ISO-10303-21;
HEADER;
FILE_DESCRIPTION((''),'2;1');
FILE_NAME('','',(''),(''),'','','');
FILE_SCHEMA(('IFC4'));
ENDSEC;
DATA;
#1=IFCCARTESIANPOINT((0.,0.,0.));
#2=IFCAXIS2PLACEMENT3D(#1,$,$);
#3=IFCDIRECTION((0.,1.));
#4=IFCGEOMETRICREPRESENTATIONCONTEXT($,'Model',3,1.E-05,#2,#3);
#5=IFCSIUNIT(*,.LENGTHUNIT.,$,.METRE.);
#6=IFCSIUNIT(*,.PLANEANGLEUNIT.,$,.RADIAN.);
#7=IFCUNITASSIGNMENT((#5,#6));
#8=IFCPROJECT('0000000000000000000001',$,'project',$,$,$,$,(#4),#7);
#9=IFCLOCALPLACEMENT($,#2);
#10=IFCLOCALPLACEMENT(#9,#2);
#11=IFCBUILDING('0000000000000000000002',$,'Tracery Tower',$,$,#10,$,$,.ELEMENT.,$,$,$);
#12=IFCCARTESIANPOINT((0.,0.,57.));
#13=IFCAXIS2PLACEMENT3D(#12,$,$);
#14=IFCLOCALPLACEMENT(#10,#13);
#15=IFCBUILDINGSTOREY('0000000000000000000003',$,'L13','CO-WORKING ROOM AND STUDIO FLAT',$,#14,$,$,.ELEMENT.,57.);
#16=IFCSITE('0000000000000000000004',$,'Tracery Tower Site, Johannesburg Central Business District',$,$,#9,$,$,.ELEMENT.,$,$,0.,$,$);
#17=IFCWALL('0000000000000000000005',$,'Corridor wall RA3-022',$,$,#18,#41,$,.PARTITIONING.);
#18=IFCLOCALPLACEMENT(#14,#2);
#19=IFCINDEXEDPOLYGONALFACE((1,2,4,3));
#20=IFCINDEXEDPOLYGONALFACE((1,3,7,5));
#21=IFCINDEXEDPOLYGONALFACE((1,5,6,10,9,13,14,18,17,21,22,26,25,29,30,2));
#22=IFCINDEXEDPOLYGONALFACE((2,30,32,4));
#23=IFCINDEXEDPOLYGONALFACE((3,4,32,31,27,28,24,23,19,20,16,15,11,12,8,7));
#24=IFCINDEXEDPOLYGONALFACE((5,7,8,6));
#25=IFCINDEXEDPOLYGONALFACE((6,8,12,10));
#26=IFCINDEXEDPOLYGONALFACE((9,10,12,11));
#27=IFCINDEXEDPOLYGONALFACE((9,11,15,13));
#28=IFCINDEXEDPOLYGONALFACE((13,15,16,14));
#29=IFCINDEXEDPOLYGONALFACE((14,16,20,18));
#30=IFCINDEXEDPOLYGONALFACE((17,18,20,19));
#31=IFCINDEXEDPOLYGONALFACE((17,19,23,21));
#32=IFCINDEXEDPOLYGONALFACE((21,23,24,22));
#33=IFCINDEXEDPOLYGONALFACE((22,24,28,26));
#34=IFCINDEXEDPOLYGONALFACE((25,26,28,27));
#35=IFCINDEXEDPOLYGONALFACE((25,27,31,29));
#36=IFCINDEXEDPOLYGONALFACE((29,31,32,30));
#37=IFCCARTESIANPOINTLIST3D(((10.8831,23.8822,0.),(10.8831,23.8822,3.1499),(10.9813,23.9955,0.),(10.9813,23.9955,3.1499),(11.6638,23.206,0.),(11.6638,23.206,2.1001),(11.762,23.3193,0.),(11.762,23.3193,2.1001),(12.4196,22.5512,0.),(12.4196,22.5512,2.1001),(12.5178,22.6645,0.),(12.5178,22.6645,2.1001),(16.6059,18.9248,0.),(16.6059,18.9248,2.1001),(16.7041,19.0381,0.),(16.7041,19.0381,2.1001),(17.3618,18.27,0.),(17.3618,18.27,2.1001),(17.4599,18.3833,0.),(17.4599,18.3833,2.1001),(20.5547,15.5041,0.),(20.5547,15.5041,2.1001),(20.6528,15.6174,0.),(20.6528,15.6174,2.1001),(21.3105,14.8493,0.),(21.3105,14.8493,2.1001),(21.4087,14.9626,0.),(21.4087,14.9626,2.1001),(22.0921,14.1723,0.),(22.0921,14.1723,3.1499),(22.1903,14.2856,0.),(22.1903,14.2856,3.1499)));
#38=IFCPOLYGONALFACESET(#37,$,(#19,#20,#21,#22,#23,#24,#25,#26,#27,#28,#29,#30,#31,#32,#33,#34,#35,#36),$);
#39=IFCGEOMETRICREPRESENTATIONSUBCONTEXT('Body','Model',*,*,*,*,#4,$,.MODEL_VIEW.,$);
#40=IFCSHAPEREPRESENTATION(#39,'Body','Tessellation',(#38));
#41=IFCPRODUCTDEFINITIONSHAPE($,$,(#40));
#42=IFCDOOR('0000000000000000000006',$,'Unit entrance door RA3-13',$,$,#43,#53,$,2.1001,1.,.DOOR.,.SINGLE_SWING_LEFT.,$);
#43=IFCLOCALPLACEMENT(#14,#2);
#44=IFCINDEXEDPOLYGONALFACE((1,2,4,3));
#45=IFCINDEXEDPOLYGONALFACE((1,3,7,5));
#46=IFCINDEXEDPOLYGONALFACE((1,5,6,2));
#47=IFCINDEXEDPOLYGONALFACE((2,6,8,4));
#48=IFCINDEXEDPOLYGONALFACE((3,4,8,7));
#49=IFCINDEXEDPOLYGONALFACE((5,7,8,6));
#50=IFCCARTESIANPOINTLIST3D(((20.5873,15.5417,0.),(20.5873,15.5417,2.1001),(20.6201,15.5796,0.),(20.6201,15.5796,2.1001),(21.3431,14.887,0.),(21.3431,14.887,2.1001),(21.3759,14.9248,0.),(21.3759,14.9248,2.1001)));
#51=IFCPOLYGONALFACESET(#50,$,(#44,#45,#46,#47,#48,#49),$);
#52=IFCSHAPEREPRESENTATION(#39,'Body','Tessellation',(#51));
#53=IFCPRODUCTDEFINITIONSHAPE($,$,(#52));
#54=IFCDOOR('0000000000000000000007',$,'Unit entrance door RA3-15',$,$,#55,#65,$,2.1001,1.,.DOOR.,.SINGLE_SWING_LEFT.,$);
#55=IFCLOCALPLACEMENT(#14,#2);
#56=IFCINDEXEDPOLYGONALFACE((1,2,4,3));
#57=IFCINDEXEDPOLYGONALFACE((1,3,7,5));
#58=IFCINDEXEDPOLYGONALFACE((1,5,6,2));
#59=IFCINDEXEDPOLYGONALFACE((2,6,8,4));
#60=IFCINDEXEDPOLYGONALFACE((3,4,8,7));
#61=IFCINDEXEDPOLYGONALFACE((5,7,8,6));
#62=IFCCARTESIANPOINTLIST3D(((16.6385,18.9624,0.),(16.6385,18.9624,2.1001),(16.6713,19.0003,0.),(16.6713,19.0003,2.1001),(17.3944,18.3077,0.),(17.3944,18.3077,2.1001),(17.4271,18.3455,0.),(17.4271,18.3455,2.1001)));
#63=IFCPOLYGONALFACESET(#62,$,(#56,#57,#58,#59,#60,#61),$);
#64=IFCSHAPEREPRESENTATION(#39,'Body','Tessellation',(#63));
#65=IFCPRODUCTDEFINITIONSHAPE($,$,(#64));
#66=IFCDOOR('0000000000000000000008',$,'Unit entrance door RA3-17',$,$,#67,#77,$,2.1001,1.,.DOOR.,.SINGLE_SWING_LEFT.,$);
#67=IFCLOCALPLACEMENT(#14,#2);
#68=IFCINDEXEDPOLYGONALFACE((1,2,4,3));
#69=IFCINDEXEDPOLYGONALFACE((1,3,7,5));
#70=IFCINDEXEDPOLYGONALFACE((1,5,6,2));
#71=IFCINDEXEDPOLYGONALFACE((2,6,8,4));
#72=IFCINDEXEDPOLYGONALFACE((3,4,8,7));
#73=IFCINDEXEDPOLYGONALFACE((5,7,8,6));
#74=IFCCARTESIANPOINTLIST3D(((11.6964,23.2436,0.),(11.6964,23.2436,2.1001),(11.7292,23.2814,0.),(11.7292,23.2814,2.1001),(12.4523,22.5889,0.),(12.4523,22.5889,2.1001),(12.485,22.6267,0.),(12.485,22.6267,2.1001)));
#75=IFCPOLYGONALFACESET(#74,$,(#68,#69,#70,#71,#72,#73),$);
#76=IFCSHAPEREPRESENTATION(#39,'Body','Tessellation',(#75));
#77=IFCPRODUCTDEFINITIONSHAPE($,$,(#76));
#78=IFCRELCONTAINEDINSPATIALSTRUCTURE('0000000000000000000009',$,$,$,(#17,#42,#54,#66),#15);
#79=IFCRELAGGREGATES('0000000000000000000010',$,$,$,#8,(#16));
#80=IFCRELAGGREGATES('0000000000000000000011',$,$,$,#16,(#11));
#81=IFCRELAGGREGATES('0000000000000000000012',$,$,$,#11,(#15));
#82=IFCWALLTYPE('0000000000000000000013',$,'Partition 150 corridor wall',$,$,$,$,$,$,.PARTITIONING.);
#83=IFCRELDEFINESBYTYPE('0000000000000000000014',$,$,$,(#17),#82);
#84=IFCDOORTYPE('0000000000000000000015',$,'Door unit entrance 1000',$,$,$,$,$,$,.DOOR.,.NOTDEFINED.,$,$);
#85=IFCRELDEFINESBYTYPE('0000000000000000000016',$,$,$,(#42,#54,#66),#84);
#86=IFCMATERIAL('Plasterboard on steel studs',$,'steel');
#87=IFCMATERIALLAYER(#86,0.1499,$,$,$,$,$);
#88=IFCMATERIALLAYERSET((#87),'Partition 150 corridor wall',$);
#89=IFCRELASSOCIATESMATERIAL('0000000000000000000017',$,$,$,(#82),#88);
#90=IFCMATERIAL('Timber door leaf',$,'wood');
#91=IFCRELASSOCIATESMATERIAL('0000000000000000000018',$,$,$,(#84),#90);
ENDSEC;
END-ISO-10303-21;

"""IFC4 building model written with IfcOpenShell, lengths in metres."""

from ifc_helpers import new_model, si_unit, direction, frame, frame_2d, origin, place, context, subcontext, project, spatial, rectangle, extrude, material, layer, layer_set, type_object, element, fill, save


model = new_model("IFC4")

# Units and contexts
model_context = context("Model", 3, precision=1e-05, world=origin(), true_north=direction((0.0, 1.0)))
body_context = subcontext(model_context, "Body", "Model", "MODEL_VIEW")
ifc_project = project(units=[si_unit("LENGTHUNIT", "METRE"), si_unit("PLANEANGLEUNIT", "RADIAN")], contexts=[model_context])

# Site, building, storey
site_placement = place(None, origin())
site = spatial("IfcSite", under=ifc_project, at=site_placement, Name="Tracery Tower Site, Johannesburg Central Business District", CompositionType="ELEMENT", RefElevation=0.0)
building_placement = place(site_placement, origin())
building = spatial("IfcBuilding", under=site, at=building_placement, Name="Tracery Tower", CompositionType="ELEMENT")
storey_placement = place(building_placement, frame((0.0, 0.0, 57.0)))
storey = spatial("IfcBuildingStorey", under=building, at=storey_placement, Name="L13", Description="CO-WORKING ROOM AND STUDIO FLAT", CompositionType="ELEMENT", Elevation=57.0)

# Wall, openings, doors
ifc_material_1 = material(Name="Plasterboard on steel studs", Category="steel")
ifc_layer_1 = layer(ifc_material_1, 0.1499)
ifc_layer_set_1 = layer_set([ifc_layer_1], Name="Partition 150 corridor wall")
wall_type_1 = type_object("IfcWallType", Name="Partition 150 corridor wall", PredefinedType="PARTITIONING", material=ifc_layer_set_1)
wall_1_placement = place(storey_placement, frame((10.9321, 23.939, 0.0), z_axis=(0.0, 0.0, 1.0), x_axis=(0.755839, -0.654758, 0.0)))
wall_1 = element("IfcWall", 1, at=wall_1_placement, inside=storey, type_object=wall_type_1, Name="Corridor wall RA3-022", PredefinedType="PARTITIONING", context=body_context, shape_type="SweptSolid", body=[
    extrude(rectangle(XDim=14.8298, YDim=0.1499, at=frame_2d((7.415, 0.0))), origin(), (0.0, 0.0, 1.0), 3.1499),
])
opening_1_placement = place(wall_1_placement, frame((12.7959, 0.0, 0.0)))
opening_1 = element("IfcOpeningElement", 2, at=opening_1_placement, cuts=wall_1, PredefinedType="OPENING", context=body_context, shape_type="SweptSolid", body=[
    extrude(rectangle(XDim=1.0, YDim=2.1001, at=frame_2d((0.5, 1.05))), frame((0.0, 0.075, 0.0), z_axis=(0.0, -1.0, 0.0), x_axis=(1.0, 0.0, 0.0)), (0.0, 0.0, 1.0), 0.1499),
])
opening_2_placement = place(wall_1_placement, frame((7.5715, 0.0, 0.0)))
opening_2 = element("IfcOpeningElement", 3, at=opening_2_placement, cuts=wall_1, PredefinedType="OPENING", context=body_context, shape_type="SweptSolid", body=[
    extrude(rectangle(XDim=1.0, YDim=2.1001, at=frame_2d((0.5, 1.05))), frame((0.0, 0.075, 0.0), z_axis=(0.0, -1.0, 0.0), x_axis=(1.0, 0.0, 0.0)), (0.0, 0.0, 1.0), 0.1499),
])
opening_3_placement = place(wall_1_placement, frame((1.033, 0.0, 0.0)))
opening_3 = element("IfcOpeningElement", 4, at=opening_3_placement, cuts=wall_1, PredefinedType="OPENING", context=body_context, shape_type="SweptSolid", body=[
    extrude(rectangle(XDim=1.0, YDim=2.1001, at=frame_2d((0.5, 1.05))), frame((0.0, 0.075, 0.0), z_axis=(0.0, -1.0, 0.0), x_axis=(1.0, 0.0, 0.0)), (0.0, 0.0, 1.0), 0.1499),
])
ifc_material_2 = material(Name="Timber door leaf", Category="wood")
door_type_1 = type_object("IfcDoorType", Name="Door unit entrance 1000", OperationType="NOTDEFINED", PredefinedType="DOOR", material=ifc_material_2)
door_1_placement = place(opening_1_placement, origin())
door_1 = element("IfcDoor", 5, at=door_1_placement, inside=storey, type_object=door_type_1, Name="Unit entrance door RA3-13", OperationType="SINGLE_SWING_LEFT", OverallHeight=2.1001, OverallWidth=1.0, PredefinedType="DOOR", context=body_context, shape_type="SweptSolid", body=[
    extrude(rectangle(XDim=1.0, YDim=2.1001, at=frame_2d((0.5, 1.05))), frame((0.0, 0.0249, 0.0), z_axis=(0.0, -1.0, 0.0), x_axis=(1.0, 0.0, 0.0)), (0.0, 0.0, 1.0), 0.05),
])
fill(opening_1, door_1)
door_2_placement = place(opening_2_placement, origin())
door_2 = element("IfcDoor", 6, at=door_2_placement, inside=storey, type_object=door_type_1, Name="Unit entrance door RA3-15", OperationType="SINGLE_SWING_LEFT", OverallHeight=2.1001, OverallWidth=1.0, PredefinedType="DOOR", context=body_context, shape_type="SweptSolid", body=[
    extrude(rectangle(XDim=1.0, YDim=2.1001, at=frame_2d((0.5, 1.05))), frame((0.0, 0.0249, 0.0), z_axis=(0.0, -1.0, 0.0), x_axis=(1.0, 0.0, 0.0)), (0.0, 0.0, 1.0), 0.05),
])
fill(opening_2, door_2)
door_3_placement = place(opening_3_placement, origin())
door_3 = element("IfcDoor", 7, at=door_3_placement, inside=storey, type_object=door_type_1, Name="Unit entrance door RA3-17", OperationType="SINGLE_SWING_LEFT", OverallHeight=2.1001, OverallWidth=1.0, PredefinedType="DOOR", context=body_context, shape_type="SweptSolid", body=[
    extrude(rectangle(XDim=1.0, YDim=2.1001, at=frame_2d((0.5, 1.05))), frame((0.0, 0.0249, 0.0), z_axis=(0.0, -1.0, 0.0), x_axis=(1.0, 0.0, 0.0)), (0.0, 0.0, 1.0), 0.05),
])
fill(opening_3, door_3)

save(model, "model.ifc")
